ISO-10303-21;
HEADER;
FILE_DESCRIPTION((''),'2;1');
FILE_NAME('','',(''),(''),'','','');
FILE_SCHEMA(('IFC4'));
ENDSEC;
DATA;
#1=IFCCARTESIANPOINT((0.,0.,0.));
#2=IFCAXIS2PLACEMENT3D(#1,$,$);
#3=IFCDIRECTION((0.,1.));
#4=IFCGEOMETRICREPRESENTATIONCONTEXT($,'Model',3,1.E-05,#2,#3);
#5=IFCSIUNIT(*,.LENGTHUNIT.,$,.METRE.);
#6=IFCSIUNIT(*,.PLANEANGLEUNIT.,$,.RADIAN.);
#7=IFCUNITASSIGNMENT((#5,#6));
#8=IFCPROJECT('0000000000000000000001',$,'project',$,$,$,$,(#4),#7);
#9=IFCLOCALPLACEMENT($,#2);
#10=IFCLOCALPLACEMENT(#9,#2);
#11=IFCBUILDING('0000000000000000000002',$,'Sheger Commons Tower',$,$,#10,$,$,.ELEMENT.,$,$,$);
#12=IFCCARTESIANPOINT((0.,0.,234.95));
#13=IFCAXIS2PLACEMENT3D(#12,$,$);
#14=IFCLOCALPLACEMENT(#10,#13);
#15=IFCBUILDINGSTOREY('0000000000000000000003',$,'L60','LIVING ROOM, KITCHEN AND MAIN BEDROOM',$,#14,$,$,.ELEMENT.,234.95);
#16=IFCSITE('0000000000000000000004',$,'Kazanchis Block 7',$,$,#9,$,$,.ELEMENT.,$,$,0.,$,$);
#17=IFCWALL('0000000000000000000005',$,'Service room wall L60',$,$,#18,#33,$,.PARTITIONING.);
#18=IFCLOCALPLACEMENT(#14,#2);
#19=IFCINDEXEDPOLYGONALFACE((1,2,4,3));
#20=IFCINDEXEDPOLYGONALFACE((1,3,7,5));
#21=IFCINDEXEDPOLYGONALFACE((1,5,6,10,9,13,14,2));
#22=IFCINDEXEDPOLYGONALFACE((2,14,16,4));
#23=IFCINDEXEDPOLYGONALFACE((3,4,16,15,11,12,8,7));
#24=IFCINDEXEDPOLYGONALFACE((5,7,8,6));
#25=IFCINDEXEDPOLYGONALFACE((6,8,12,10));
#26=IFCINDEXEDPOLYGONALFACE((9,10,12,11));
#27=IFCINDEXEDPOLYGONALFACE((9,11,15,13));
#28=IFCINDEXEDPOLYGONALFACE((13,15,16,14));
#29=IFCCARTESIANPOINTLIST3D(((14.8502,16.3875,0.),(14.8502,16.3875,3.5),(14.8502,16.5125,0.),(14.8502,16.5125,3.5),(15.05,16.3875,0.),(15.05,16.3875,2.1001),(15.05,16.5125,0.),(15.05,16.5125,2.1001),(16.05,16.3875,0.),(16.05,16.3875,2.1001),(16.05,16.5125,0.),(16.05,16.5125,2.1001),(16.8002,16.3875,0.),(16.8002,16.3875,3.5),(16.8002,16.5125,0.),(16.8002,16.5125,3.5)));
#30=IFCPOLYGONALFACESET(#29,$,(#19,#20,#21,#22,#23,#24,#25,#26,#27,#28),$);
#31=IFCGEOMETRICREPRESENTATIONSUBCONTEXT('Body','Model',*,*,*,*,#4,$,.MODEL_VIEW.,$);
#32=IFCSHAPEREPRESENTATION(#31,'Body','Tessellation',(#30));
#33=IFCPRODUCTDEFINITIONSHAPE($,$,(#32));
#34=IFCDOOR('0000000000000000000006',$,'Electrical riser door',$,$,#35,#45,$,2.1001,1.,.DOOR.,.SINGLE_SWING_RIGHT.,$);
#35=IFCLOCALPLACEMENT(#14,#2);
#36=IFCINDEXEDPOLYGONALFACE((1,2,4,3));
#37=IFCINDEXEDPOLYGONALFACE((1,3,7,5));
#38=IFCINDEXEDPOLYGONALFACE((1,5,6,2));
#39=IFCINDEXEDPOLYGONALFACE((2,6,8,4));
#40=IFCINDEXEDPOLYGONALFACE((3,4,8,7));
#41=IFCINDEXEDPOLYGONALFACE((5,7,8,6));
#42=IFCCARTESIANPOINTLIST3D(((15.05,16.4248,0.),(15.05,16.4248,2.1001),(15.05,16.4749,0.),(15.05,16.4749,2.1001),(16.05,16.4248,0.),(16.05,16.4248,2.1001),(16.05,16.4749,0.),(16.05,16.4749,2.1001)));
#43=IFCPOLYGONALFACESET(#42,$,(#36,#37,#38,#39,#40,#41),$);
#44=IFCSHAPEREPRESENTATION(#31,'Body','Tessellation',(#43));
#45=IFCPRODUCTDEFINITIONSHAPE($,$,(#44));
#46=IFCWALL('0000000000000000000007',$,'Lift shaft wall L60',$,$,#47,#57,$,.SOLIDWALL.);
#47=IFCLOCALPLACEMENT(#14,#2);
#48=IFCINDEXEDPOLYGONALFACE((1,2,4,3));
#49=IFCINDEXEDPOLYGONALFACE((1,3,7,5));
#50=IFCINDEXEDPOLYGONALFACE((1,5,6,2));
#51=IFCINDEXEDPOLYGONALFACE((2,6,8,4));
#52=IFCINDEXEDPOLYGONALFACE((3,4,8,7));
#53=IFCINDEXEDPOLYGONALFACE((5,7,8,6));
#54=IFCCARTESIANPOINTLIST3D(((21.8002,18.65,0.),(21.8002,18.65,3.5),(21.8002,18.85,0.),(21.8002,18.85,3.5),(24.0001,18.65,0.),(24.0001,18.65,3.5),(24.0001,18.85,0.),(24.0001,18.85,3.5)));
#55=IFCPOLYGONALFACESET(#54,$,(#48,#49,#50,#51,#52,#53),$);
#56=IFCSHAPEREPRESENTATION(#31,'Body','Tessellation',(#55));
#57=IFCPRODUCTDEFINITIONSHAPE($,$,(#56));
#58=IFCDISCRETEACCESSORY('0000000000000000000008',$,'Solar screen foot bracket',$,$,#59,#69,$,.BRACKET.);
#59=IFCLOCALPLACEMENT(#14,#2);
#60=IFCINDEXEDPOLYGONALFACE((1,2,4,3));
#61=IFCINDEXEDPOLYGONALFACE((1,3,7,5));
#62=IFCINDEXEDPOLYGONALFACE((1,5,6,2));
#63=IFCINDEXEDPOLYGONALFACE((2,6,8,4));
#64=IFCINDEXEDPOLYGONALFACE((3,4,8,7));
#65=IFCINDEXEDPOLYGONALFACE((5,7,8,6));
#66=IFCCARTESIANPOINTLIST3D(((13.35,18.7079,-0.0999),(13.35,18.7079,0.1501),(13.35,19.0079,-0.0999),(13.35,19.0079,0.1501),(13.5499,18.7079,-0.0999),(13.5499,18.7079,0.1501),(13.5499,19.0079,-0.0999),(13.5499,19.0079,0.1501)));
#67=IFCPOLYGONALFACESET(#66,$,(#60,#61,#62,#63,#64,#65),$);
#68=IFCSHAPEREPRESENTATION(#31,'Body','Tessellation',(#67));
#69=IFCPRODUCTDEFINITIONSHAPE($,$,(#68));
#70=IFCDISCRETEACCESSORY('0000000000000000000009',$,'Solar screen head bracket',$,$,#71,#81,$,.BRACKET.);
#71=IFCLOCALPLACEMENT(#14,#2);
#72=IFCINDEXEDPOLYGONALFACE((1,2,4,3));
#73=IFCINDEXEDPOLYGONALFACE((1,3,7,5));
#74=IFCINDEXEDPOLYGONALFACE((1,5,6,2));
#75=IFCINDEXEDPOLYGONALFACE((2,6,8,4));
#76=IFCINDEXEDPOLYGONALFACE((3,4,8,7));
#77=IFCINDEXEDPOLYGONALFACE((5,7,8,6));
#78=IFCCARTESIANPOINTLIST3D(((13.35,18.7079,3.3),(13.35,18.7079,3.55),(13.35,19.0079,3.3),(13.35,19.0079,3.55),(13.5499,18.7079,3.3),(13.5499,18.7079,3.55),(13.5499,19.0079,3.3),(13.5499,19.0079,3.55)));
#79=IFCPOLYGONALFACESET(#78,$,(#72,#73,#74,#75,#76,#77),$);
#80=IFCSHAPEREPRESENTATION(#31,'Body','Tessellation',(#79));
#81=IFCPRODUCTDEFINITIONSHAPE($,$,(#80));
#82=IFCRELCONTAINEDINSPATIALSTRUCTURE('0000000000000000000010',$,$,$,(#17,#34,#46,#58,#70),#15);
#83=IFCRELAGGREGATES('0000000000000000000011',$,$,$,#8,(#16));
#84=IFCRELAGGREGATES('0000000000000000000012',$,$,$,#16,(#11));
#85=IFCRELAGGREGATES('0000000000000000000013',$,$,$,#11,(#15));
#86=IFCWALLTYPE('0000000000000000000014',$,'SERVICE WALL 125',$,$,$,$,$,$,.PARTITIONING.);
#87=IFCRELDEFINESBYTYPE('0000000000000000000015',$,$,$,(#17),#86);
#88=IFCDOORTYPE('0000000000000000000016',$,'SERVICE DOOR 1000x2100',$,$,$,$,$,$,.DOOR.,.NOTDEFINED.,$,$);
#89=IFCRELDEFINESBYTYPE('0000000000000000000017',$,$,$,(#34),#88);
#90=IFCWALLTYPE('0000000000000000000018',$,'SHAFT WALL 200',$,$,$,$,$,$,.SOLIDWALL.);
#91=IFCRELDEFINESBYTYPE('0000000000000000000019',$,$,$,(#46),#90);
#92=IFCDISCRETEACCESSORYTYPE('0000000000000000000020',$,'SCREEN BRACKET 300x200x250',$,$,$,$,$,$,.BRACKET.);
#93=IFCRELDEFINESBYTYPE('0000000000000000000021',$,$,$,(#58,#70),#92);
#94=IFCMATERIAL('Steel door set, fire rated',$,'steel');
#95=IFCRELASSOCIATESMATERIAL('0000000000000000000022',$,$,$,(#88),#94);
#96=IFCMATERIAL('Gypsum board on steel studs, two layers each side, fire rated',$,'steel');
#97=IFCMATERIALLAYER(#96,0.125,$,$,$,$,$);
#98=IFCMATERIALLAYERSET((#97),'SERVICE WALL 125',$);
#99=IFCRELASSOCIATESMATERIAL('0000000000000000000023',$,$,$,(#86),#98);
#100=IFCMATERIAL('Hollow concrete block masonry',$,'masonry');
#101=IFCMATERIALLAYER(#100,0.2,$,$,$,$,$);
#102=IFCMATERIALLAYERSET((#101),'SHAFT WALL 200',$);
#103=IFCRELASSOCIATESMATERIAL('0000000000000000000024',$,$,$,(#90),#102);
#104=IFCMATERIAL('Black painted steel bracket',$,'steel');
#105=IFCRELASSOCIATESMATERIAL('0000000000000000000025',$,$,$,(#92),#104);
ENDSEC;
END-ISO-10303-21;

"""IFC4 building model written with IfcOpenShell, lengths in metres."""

from ifc_helpers import new_model, si_unit, direction, frame, frame_2d, origin, origin_2d, place, context, subcontext, project, spatial, rectangle, extrude, material, layer, layer_set, type_object, element, fill, save


model = new_model("IFC4")

# Units and contexts
model_context = context("Model", 3, precision=1e-05, world=origin(), true_north=direction((0.0, 1.0)))
body_context = subcontext(model_context, "Body", "Model", "MODEL_VIEW")
ifc_project = project(units=[si_unit("LENGTHUNIT", "METRE"), si_unit("PLANEANGLEUNIT", "RADIAN")], contexts=[model_context])

# Site, building, storey
site_placement = place(None, origin())
site = spatial("IfcSite", under=ifc_project, at=site_placement, Name="Kazanchis Block 7", CompositionType="ELEMENT", RefElevation=0.0)
building_placement = place(site_placement, origin())
building = spatial("IfcBuilding", under=site, at=building_placement, Name="Sheger Commons Tower", CompositionType="ELEMENT")
storey_placement = place(building_placement, frame((0.0, 0.0, 234.95)))
storey = spatial("IfcBuildingStorey", under=building, at=storey_placement, Name="L60", Description="LIVING ROOM, KITCHEN AND MAIN BEDROOM", CompositionType="ELEMENT", Elevation=234.95)

# Shared definitions
ifc_material_1 = material(Name="Steel door set, fire rated", Category="steel")
door_type_1 = type_object("IfcDoorType", Name="SERVICE DOOR 1000x2100", OperationType="NOTDEFINED", PredefinedType="DOOR", material=ifc_material_1)

# Wall, opening, door
ifc_material_2 = material(Name="Gypsum board on steel studs, two layers each side, fire rated", Category="steel")
ifc_layer_1 = layer(ifc_material_2, 0.125)
ifc_layer_set_1 = layer_set([ifc_layer_1], Name="SERVICE WALL 125")
wall_type_1 = type_object("IfcWallType", Name="SERVICE WALL 125", PredefinedType="PARTITIONING", material=ifc_layer_set_1)
wall_1_placement = place(storey_placement, frame((14.8501, 16.45, 0.0), z_axis=(0.0, 0.0, 1.0), x_axis=(1.0, 0.0, 0.0)))
wall_1 = element("IfcWall", 1, at=wall_1_placement, inside=storey, type_object=wall_type_1, Name="Service room wall L60", PredefinedType="PARTITIONING", context=body_context, shape_type="SweptSolid", body=[
    extrude(rectangle(XDim=1.95, YDim=0.125, at=frame_2d((0.9751, 0.0))), origin(), (0.0, 0.0, 1.0), 3.5),
])
opening_1_placement = place(wall_1_placement, frame((0.2, 0.0, 0.0)))
opening_1 = element("IfcOpeningElement", 2, at=opening_1_placement, cuts=wall_1, PredefinedType="OPENING", context=body_context, shape_type="SweptSolid", body=[
    extrude(rectangle(XDim=1.0, YDim=2.1001, at=frame_2d((0.5, 1.05))), frame((0.0, 0.0725, 0.0), z_axis=(0.0, -1.0, 0.0), x_axis=(1.0, 0.0, 0.0)), (0.0, 0.0, 1.0), 0.145),
])
door_1_placement = place(opening_1_placement, origin())
door_1 = element("IfcDoor", 3, at=door_1_placement, inside=storey, type_object=door_type_1, Name="Electrical riser door", OperationType="SINGLE_SWING_RIGHT", OverallHeight=2.1001, OverallWidth=1.0, PredefinedType="DOOR", context=body_context, shape_type="SweptSolid", body=[
    extrude(rectangle(XDim=1.0, YDim=2.1001, at=frame_2d((0.5, 1.05))), frame((0.0, 0.0249, 0.0), z_axis=(0.0, -1.0, 0.0), x_axis=(1.0, 0.0, 0.0)), (0.0, 0.0, 1.0), 0.05),
])
fill(opening_1, door_1)

# Wall
ifc_material_3 = material(Name="Hollow concrete block masonry", Category="masonry")
ifc_layer_2 = layer(ifc_material_3, 0.2)
ifc_layer_set_2 = layer_set([ifc_layer_2], Name="SHAFT WALL 200")
wall_type_2 = type_object("IfcWallType", Name="SHAFT WALL 200", PredefinedType="SOLIDWALL", material=ifc_layer_set_2)
wall_2_placement = place(storey_placement, frame((21.8, 18.75, 0.0), z_axis=(0.0, 0.0, 1.0), x_axis=(1.0, 0.0, 0.0)))
element("IfcWall", 4, at=wall_2_placement, inside=storey, type_object=wall_type_2, Name="Lift shaft wall L60", PredefinedType="SOLIDWALL", context=body_context, shape_type="SweptSolid", body=[
    extrude(rectangle(XDim=2.2, YDim=0.2, at=frame_2d((1.1001, 0.0))), origin(), (0.0, 0.0, 1.0), 3.5),
])

# Discrete accessories
ifc_material_4 = material(Name="Black painted steel bracket", Category="steel")
discrete_accessory_type = type_object("IfcDiscreteAccessoryType", Name="SCREEN BRACKET 300x200x250", PredefinedType="BRACKET", material=ifc_material_4)
for number, where, z_axis, x_axis, name in (
    (5, (13.45, 18.8579, -0.0999), (0.0, 0.0, 1.0), (0.0, -1.0, 0.0), "Solar screen foot bracket"),
    (6, (13.45, 18.8579, 3.3), (0.0, 0.0, 1.0), (0.0, -1.0, 0.0), "Solar screen head bracket"),
):
    element("IfcDiscreteAccessory", number, at=place(storey_placement, frame(where, z_axis=z_axis, x_axis=x_axis)), inside=storey, type_object=discrete_accessory_type, Name=name, PredefinedType="BRACKET", context=body_context, shape_type="SweptSolid", body=[
        extrude(rectangle(XDim=0.3, YDim=0.2, at=origin_2d()), origin(), (0.0, 0.0, 1.0), 0.25),
    ])

save(model, "model.ifc")
